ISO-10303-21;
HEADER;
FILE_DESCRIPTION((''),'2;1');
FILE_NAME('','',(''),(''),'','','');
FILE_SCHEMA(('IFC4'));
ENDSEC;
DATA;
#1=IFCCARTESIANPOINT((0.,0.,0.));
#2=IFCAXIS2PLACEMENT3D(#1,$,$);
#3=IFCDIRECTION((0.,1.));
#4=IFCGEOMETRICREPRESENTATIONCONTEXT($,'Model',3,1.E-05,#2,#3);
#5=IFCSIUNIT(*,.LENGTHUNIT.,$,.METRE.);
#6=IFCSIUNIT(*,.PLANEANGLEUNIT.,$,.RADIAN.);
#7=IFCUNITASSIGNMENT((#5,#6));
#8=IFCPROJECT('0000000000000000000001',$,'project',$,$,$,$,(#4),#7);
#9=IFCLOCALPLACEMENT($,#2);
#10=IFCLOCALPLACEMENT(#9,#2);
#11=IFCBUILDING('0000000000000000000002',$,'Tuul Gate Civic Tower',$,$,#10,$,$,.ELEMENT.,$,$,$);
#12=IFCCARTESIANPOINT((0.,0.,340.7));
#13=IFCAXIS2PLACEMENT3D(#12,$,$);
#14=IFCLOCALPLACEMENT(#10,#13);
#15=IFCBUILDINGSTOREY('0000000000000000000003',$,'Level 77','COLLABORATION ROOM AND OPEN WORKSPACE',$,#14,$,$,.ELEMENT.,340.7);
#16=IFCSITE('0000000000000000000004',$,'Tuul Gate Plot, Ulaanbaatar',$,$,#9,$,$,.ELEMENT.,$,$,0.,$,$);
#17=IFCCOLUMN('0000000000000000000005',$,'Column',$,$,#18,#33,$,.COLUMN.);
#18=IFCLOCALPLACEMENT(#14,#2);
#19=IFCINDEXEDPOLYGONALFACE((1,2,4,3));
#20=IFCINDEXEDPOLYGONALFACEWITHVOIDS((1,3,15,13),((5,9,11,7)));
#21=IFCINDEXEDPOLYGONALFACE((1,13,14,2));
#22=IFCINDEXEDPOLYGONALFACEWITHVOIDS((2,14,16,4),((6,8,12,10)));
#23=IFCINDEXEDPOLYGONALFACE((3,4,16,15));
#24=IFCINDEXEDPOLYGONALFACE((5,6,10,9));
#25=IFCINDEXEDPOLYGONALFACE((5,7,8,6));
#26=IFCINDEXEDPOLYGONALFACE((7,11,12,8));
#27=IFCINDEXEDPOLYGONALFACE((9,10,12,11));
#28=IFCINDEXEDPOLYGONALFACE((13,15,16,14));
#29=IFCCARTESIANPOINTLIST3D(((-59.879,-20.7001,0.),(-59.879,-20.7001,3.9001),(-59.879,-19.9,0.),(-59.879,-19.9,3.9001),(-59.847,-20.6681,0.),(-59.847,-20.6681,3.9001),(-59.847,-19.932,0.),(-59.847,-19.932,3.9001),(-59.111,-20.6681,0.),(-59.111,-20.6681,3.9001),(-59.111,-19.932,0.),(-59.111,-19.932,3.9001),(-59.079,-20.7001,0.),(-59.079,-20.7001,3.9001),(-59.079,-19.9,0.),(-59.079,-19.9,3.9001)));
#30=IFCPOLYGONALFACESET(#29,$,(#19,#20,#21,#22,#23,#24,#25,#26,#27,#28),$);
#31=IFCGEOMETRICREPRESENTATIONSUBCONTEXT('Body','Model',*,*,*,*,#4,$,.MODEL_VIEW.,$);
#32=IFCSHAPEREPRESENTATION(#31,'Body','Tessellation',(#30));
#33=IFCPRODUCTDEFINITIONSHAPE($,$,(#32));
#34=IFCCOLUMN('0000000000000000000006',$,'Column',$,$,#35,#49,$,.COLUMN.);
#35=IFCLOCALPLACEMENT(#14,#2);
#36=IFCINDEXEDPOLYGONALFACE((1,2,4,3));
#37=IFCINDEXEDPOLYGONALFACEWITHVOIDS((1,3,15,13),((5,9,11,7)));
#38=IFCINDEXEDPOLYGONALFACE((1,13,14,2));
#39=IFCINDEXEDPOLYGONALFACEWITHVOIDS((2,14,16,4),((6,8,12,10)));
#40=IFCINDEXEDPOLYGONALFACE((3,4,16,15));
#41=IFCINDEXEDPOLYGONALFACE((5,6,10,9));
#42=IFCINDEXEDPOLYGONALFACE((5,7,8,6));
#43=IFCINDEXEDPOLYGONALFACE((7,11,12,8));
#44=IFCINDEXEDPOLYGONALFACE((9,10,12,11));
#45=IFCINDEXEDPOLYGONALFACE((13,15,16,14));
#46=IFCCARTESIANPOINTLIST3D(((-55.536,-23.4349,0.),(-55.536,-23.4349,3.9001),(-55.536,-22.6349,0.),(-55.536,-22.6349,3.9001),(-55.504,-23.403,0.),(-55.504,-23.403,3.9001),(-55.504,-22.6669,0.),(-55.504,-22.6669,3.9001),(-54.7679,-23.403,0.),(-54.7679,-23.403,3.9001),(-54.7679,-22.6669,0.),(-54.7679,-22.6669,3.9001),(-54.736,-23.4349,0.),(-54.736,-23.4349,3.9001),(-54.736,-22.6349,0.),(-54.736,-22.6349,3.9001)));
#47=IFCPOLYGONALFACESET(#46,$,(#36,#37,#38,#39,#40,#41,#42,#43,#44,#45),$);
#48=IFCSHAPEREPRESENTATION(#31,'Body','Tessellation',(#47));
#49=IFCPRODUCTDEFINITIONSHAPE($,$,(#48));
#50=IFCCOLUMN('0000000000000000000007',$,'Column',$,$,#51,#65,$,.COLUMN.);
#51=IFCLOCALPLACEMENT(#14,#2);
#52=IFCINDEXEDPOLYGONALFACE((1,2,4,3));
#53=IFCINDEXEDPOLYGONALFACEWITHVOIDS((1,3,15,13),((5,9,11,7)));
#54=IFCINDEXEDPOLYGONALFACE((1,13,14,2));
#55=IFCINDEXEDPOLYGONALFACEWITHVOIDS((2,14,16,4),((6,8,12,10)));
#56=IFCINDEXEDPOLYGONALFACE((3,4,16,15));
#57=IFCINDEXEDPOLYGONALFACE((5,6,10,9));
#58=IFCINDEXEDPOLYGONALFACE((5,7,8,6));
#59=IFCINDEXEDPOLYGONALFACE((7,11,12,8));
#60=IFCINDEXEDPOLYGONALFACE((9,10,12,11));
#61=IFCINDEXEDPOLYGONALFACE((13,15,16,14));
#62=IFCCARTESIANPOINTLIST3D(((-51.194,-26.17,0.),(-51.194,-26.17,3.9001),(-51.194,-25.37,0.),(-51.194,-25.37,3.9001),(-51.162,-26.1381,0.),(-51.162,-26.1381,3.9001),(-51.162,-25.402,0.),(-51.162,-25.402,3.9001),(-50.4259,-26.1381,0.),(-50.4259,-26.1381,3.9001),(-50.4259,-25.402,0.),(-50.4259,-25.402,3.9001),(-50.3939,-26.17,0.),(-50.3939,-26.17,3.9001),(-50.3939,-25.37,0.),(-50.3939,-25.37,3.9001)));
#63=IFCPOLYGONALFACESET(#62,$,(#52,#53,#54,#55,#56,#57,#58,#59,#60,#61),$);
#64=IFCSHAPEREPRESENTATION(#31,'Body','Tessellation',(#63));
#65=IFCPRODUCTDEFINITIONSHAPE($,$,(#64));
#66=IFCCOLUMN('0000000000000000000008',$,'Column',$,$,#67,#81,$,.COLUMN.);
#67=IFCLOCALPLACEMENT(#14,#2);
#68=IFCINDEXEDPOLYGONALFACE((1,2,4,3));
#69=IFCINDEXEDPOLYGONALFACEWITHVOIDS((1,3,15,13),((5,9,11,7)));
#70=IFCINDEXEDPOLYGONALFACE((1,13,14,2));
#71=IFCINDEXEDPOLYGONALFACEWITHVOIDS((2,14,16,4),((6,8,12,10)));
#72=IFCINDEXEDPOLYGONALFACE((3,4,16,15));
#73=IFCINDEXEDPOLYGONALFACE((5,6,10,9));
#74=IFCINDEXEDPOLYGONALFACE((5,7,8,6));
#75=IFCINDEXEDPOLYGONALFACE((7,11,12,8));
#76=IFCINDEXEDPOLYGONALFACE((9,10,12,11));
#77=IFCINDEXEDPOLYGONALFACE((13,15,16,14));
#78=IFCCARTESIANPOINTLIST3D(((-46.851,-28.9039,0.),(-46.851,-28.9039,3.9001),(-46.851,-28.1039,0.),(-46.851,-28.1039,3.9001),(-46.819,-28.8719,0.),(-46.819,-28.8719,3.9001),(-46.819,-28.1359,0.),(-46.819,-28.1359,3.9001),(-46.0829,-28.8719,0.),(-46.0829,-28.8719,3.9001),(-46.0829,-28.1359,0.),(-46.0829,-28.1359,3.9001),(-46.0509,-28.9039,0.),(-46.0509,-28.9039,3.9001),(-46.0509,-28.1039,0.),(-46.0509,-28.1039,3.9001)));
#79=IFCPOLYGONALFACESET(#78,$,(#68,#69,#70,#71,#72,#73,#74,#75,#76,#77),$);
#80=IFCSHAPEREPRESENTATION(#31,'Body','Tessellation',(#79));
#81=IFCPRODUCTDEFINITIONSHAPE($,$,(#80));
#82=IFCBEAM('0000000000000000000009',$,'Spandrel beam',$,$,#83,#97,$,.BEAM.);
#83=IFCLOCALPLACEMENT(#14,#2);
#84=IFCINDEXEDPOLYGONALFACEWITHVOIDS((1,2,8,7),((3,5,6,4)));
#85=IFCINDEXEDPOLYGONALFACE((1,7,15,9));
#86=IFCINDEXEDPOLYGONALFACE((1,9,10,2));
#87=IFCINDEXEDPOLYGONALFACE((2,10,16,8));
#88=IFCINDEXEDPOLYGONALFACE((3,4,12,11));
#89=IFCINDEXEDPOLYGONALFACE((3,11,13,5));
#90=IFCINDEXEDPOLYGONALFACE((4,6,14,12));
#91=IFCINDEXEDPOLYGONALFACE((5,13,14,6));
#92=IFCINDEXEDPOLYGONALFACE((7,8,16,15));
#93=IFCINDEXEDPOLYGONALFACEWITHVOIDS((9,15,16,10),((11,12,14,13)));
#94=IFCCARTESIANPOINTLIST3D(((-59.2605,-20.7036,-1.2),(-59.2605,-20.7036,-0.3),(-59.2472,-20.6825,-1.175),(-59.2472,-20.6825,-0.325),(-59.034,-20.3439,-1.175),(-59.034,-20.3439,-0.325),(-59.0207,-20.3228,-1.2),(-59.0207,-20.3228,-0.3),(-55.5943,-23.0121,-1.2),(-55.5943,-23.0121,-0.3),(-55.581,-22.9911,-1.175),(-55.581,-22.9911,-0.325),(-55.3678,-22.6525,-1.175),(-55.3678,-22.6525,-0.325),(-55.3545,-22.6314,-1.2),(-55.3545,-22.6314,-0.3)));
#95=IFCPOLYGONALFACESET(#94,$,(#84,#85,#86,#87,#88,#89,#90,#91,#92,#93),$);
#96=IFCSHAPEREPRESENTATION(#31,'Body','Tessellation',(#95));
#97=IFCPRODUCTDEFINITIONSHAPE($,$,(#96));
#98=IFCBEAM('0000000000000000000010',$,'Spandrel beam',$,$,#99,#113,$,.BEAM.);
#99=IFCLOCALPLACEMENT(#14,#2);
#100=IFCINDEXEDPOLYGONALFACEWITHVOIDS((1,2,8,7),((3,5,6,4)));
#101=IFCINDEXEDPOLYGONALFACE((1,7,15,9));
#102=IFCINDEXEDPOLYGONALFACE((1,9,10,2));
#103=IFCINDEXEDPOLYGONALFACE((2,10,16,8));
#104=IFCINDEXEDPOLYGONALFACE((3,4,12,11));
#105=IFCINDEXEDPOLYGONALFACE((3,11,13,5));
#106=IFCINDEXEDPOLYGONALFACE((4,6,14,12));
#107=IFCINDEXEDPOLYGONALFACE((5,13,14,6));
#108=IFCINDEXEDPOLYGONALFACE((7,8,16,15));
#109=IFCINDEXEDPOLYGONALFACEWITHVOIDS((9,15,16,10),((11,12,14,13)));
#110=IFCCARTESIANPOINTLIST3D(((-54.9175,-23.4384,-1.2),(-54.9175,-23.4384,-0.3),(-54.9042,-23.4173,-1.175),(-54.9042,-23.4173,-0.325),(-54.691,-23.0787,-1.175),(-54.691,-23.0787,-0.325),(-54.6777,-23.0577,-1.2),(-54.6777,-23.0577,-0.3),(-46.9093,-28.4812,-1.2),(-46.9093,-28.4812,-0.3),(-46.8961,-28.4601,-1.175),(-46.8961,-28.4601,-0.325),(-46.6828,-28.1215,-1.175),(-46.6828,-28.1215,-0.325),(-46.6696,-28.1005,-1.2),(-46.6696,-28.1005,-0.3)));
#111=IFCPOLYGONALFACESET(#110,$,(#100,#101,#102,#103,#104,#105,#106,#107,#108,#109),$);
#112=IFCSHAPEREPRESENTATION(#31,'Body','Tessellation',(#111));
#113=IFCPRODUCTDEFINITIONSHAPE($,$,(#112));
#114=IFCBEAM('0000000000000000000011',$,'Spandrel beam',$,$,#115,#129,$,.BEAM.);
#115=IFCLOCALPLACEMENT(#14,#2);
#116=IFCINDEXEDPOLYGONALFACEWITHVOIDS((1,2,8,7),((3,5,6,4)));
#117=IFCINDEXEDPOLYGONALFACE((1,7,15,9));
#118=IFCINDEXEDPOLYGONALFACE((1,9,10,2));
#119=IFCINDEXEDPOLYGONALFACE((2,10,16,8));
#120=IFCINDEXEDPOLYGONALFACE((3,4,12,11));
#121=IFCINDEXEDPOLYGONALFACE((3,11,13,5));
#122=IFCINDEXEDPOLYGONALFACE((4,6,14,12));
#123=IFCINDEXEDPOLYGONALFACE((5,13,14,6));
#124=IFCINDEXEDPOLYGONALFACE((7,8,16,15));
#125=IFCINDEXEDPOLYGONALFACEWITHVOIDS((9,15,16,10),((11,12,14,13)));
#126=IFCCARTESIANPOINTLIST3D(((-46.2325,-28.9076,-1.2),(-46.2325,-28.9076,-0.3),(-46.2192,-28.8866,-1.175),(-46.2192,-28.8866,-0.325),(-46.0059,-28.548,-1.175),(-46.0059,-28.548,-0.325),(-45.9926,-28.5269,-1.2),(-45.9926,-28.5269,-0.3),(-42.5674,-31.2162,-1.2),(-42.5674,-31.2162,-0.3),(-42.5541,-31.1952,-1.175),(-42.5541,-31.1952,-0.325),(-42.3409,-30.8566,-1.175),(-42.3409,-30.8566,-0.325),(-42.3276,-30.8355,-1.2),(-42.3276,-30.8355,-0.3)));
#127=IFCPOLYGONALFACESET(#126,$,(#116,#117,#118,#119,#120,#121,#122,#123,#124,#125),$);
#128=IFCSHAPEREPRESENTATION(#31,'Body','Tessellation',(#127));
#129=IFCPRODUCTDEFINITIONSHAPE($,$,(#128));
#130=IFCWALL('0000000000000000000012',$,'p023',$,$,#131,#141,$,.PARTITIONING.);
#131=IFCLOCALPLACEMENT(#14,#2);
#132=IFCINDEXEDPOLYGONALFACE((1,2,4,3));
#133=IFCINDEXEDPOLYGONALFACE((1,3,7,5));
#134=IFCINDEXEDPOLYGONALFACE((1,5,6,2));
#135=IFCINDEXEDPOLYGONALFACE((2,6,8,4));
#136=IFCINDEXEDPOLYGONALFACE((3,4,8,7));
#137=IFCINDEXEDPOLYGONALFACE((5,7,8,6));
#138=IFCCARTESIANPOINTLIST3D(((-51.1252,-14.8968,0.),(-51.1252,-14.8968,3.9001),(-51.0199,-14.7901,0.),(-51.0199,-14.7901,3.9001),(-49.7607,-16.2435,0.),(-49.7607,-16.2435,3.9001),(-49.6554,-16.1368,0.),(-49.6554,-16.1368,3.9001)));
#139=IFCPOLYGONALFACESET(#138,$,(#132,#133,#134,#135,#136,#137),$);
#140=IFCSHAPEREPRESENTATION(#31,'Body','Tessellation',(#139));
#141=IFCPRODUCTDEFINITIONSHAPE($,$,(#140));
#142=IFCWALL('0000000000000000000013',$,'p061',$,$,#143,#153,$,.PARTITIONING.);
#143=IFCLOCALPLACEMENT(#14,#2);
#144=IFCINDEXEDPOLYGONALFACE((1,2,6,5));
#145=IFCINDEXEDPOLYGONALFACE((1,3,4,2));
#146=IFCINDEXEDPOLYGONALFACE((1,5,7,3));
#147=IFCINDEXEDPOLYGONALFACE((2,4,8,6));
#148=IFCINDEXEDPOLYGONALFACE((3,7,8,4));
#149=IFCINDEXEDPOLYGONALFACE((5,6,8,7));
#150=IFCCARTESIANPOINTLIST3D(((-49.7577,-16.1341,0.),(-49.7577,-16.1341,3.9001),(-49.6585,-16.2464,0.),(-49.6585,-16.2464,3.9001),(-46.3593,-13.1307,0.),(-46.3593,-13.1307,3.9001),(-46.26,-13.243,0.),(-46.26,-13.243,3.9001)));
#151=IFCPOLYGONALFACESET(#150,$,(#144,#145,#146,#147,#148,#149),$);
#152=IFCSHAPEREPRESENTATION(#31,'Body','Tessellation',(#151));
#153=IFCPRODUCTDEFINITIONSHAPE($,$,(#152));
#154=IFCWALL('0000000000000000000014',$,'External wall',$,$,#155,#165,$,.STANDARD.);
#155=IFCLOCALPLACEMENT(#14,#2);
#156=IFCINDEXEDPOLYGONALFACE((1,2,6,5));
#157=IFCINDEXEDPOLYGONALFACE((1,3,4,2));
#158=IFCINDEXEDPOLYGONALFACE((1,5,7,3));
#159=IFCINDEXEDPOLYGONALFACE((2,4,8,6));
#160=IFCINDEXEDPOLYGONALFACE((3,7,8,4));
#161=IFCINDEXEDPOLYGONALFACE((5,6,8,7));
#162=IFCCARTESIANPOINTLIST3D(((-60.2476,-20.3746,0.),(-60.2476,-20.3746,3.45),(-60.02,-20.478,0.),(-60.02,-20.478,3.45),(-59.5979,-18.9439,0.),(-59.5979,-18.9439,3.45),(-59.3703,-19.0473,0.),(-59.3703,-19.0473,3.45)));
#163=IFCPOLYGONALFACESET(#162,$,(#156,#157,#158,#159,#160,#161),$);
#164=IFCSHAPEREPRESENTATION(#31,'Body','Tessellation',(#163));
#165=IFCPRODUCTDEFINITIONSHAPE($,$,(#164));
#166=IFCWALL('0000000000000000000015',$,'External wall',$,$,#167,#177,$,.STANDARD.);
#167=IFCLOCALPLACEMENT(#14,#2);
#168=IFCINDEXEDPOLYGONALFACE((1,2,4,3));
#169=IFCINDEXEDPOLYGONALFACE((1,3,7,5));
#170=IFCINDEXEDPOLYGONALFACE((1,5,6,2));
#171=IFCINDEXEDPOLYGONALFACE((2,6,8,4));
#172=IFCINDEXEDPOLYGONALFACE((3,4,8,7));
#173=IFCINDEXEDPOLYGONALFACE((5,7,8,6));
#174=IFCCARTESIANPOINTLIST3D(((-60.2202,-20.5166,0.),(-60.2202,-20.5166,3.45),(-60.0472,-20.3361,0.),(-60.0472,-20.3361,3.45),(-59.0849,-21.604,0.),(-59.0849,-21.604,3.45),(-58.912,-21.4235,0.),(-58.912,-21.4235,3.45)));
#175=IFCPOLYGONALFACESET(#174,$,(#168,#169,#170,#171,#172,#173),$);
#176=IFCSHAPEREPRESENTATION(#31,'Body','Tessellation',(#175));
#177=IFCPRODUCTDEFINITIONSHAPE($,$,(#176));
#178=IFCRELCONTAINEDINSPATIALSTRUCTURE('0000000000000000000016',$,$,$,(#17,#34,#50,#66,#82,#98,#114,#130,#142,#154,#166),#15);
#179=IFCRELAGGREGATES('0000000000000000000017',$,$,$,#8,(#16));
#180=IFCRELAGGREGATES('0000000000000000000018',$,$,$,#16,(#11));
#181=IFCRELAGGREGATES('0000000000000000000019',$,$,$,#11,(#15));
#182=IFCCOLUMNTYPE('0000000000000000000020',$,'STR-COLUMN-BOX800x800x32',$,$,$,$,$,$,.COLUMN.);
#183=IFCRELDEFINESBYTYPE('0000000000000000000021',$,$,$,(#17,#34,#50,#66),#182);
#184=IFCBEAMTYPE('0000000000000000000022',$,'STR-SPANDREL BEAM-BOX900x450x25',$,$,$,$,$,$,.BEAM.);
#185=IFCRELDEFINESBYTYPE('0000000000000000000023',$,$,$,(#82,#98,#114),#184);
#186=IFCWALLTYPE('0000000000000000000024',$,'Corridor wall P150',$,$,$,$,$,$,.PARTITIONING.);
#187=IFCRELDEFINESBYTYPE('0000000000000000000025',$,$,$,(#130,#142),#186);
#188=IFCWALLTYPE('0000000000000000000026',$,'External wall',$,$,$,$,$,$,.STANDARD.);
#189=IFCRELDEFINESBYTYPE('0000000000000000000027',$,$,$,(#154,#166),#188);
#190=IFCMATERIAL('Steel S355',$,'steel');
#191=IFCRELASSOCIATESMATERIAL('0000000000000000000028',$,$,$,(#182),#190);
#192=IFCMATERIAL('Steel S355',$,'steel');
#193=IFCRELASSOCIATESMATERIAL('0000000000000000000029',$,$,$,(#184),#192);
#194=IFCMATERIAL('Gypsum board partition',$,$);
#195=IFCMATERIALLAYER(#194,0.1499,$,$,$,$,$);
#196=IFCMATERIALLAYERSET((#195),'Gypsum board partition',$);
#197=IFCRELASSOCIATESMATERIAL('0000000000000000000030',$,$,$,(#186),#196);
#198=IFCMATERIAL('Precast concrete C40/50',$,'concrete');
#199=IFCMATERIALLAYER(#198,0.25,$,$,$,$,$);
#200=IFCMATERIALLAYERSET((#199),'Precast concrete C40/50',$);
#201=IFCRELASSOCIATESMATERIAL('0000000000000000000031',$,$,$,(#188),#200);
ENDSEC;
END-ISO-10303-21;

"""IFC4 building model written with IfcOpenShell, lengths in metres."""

from ifc_helpers import new_model, si_unit, direction, frame, frame_2d, origin, origin_2d, place, context, subcontext, project, spatial, rectangle, hollow_rectangle, extrude, material, layer, layer_set, material_profile, profile_set, type_object, element, save


model = new_model("IFC4")

# Units and contexts
model_context = context("Model", 3, precision=1e-05, world=origin(), true_north=direction((0.0, 1.0)))
body_context = subcontext(model_context, "Body", "Model", "MODEL_VIEW")
ifc_project = project(units=[si_unit("LENGTHUNIT", "METRE"), si_unit("PLANEANGLEUNIT", "RADIAN")], contexts=[model_context])

# Site, building, storey
site_placement = place(None, origin())
site = spatial("IfcSite", under=ifc_project, at=site_placement, Name="Tuul Gate Plot, Ulaanbaatar", CompositionType="ELEMENT", RefElevation=0.0)
building_placement = place(site_placement, origin())
building = spatial("IfcBuilding", under=site, at=building_placement, Name="Tuul Gate Civic Tower", CompositionType="ELEMENT")
storey_placement = place(building_placement, frame((0.0, 0.0, 340.7)))
storey = spatial("IfcBuildingStorey", under=building, at=storey_placement, Name="Level 77", Description="COLLABORATION ROOM AND OPEN WORKSPACE", CompositionType="ELEMENT", Elevation=340.7)

# Columns
ifc_material_1 = material(Name="Steel S355", Category="steel")
ifc_material_profile_1 = material_profile(ifc_material_1, hollow_rectangle(XDim=0.8, YDim=0.8, WallThickness=0.032, at=origin_2d()), Name="BOX800x800x32")
ifc_profile_set_1 = profile_set([ifc_material_profile_1], Name="Steel S355")
column_type = type_object("IfcColumnType", Name="STR-COLUMN-BOX800x800x32", PredefinedType="COLUMN", material=ifc_profile_set_1)
for number, where, z_axis, x_axis, name in (
    (1, (-59.479, -20.3, 0.0), (0.0, 0.0, 1.0), (1.0, 0.0, 0.0), "Column"),
    (2, (-55.136, -23.0349, 0.0), (0.0, 0.0, 1.0), (1.0, 0.0, 0.0), "Column"),
    (3, (-50.7939, -25.77, 0.0), (0.0, 0.0, 1.0), (1.0, 0.0, 0.0), "Column"),
    (4, (-46.4509, -28.5039, 0.0), (0.0, 0.0, 1.0), (1.0, 0.0, 0.0), "Column"),
):
    element("IfcColumn", number, at=place(storey_placement, frame(where, z_axis=z_axis, x_axis=x_axis)), inside=storey, type_object=column_type, Name=name, PredefinedType="COLUMN", context=body_context, shape_type="SweptSolid", body=[
        extrude(hollow_rectangle(XDim=0.8, YDim=0.8, WallThickness=0.032, at=origin_2d()), origin(), (0.0, 0.0, 1.0), 3.9001),
    ])

# Beams
ifc_material_2 = material(Name="Steel S355", Category="steel")
ifc_material_profile_2 = material_profile(ifc_material_2, hollow_rectangle(XDim=0.45, YDim=0.8999, WallThickness=0.0249, at=origin_2d()), Name="BOX900x450x25")
ifc_profile_set_2 = profile_set([ifc_material_profile_2], Name="Steel S355")
beam_type = type_object("IfcBeamType", Name="STR-SPANDREL BEAM-BOX900x450x25", PredefinedType="BEAM", material=ifc_profile_set_2)
beam_1_placement = place(storey_placement, frame((-59.1406, -20.5132, -0.75), z_axis=(0.846211, -0.532848, 0.0), x_axis=(0.532848, 0.846211, 0.0)))
element("IfcBeam", 5, at=beam_1_placement, inside=storey, type_object=beam_type, Name="Spandrel beam", PredefinedType="BEAM", context=body_context, shape_type="SweptSolid", body=[
    extrude(hollow_rectangle(XDim=0.45, YDim=0.8999, WallThickness=0.0249, at=origin_2d()), origin(), (0.0, 0.0, 1.0), 4.3325),
])
beam_2_placement = place(storey_placement, frame((-54.7976, -23.248, -0.75), z_axis=(0.846204, -0.53286, 0.0), x_axis=(0.53286, 0.846204, 0.0)))
element("IfcBeam", 6, at=beam_2_placement, inside=storey, type_object=beam_type, Name="Spandrel beam", PredefinedType="BEAM", context=body_context, shape_type="SweptSolid", body=[
    extrude(hollow_rectangle(XDim=0.45, YDim=0.8999, WallThickness=0.0249, at=origin_2d()), origin(), (0.0, 0.0, 1.0), 9.4636),
])
beam_3_placement = place(storey_placement, frame((-46.1125, -28.7173, -0.75), z_axis=(0.846131, -0.532975, 0.0), x_axis=(0.532975, 0.846131, 0.0)))
element("IfcBeam", 7, at=beam_3_placement, inside=storey, type_object=beam_type, Name="Spandrel beam", PredefinedType="BEAM", context=body_context, shape_type="SweptSolid", body=[
    extrude(hollow_rectangle(XDim=0.45, YDim=0.8999, WallThickness=0.0249, at=origin_2d()), origin(), (0.0, 0.0, 1.0), 4.3315),
])

# Walls
ifc_material_3 = material(Name="Gypsum board partition")
ifc_layer_1 = layer(ifc_material_3, 0.1499)
ifc_layer_set_1 = layer_set([ifc_layer_1], Name="Gypsum board partition")
wall_type_1 = type_object("IfcWallType", Name="Corridor wall P150", PredefinedType="PARTITIONING", material=ifc_layer_set_1)
wall_1_placement = place(storey_placement, frame((-51.0725, -14.8435, 0.0), z_axis=(0.0, 0.0, 1.0), x_axis=(0.71174, -0.702443, 0.0)))
element("IfcWall", 8, at=wall_1_placement, inside=storey, type_object=wall_type_1, Name="p023", PredefinedType="PARTITIONING", context=body_context, shape_type="SweptSolid", body=[
    extrude(rectangle(XDim=1.9172, YDim=0.1499, at=frame_2d((0.9585, 0.0))), origin(), (0.0, 0.0, 1.0), 3.9001),
])
wall_2_placement = place(storey_placement, frame((-49.708, -16.1902, 0.0), z_axis=(0.0, 0.0, 1.0), x_axis=(0.749313, 0.662216, 0.0)))
element("IfcWall", 9, at=wall_2_placement, inside=storey, type_object=wall_type_1, Name="p061", PredefinedType="PARTITIONING", context=body_context, shape_type="SweptSolid", body=[
    extrude(rectangle(XDim=4.5354, YDim=0.1499, at=frame_2d((2.2676, 0.0))), origin(), (0.0, 0.0, 1.0), 3.9001),
])
ifc_material_4 = material(Name="Precast concrete C40/50", Category="concrete")
ifc_layer_2 = layer(ifc_material_4, 0.25)
ifc_layer_set_2 = layer_set([ifc_layer_2], Name="Precast concrete C40/50")
wall_type_2 = type_object("IfcWallType", Name="External wall", PredefinedType="STANDARD", material=ifc_layer_set_2)
wall_3_placement = place(storey_placement, frame((-59.4841, -18.9956, 0.0), z_axis=(0.0, 0.0, 1.0), x_axis=(-0.413463, -0.910521, 0.0)))
element("IfcWall", 10, at=wall_3_placement, inside=storey, type_object=wall_type_2, Name="External wall", PredefinedType="STANDARD", context=body_context, shape_type="SweptSolid", body=[
    extrude(rectangle(XDim=1.5713, YDim=0.25, at=frame_2d((0.7856, 0.0))), origin(), (0.0, 0.0, 1.0), 3.45),
])
wall_4_placement = place(storey_placement, frame((-60.1338, -20.4263, 0.0), z_axis=(0.0, 0.0, 1.0), x_axis=(0.722163, -0.691723, 0.0)))
element("IfcWall", 11, at=wall_4_placement, inside=storey, type_object=wall_type_2, Name="External wall", PredefinedType="STANDARD", context=body_context, shape_type="SweptSolid", body=[
    extrude(rectangle(XDim=1.572, YDim=0.25, at=frame_2d((0.7861, 0.0))), origin(), (0.0, 0.0, 1.0), 3.45),
])

save(model, "model.ifc")
